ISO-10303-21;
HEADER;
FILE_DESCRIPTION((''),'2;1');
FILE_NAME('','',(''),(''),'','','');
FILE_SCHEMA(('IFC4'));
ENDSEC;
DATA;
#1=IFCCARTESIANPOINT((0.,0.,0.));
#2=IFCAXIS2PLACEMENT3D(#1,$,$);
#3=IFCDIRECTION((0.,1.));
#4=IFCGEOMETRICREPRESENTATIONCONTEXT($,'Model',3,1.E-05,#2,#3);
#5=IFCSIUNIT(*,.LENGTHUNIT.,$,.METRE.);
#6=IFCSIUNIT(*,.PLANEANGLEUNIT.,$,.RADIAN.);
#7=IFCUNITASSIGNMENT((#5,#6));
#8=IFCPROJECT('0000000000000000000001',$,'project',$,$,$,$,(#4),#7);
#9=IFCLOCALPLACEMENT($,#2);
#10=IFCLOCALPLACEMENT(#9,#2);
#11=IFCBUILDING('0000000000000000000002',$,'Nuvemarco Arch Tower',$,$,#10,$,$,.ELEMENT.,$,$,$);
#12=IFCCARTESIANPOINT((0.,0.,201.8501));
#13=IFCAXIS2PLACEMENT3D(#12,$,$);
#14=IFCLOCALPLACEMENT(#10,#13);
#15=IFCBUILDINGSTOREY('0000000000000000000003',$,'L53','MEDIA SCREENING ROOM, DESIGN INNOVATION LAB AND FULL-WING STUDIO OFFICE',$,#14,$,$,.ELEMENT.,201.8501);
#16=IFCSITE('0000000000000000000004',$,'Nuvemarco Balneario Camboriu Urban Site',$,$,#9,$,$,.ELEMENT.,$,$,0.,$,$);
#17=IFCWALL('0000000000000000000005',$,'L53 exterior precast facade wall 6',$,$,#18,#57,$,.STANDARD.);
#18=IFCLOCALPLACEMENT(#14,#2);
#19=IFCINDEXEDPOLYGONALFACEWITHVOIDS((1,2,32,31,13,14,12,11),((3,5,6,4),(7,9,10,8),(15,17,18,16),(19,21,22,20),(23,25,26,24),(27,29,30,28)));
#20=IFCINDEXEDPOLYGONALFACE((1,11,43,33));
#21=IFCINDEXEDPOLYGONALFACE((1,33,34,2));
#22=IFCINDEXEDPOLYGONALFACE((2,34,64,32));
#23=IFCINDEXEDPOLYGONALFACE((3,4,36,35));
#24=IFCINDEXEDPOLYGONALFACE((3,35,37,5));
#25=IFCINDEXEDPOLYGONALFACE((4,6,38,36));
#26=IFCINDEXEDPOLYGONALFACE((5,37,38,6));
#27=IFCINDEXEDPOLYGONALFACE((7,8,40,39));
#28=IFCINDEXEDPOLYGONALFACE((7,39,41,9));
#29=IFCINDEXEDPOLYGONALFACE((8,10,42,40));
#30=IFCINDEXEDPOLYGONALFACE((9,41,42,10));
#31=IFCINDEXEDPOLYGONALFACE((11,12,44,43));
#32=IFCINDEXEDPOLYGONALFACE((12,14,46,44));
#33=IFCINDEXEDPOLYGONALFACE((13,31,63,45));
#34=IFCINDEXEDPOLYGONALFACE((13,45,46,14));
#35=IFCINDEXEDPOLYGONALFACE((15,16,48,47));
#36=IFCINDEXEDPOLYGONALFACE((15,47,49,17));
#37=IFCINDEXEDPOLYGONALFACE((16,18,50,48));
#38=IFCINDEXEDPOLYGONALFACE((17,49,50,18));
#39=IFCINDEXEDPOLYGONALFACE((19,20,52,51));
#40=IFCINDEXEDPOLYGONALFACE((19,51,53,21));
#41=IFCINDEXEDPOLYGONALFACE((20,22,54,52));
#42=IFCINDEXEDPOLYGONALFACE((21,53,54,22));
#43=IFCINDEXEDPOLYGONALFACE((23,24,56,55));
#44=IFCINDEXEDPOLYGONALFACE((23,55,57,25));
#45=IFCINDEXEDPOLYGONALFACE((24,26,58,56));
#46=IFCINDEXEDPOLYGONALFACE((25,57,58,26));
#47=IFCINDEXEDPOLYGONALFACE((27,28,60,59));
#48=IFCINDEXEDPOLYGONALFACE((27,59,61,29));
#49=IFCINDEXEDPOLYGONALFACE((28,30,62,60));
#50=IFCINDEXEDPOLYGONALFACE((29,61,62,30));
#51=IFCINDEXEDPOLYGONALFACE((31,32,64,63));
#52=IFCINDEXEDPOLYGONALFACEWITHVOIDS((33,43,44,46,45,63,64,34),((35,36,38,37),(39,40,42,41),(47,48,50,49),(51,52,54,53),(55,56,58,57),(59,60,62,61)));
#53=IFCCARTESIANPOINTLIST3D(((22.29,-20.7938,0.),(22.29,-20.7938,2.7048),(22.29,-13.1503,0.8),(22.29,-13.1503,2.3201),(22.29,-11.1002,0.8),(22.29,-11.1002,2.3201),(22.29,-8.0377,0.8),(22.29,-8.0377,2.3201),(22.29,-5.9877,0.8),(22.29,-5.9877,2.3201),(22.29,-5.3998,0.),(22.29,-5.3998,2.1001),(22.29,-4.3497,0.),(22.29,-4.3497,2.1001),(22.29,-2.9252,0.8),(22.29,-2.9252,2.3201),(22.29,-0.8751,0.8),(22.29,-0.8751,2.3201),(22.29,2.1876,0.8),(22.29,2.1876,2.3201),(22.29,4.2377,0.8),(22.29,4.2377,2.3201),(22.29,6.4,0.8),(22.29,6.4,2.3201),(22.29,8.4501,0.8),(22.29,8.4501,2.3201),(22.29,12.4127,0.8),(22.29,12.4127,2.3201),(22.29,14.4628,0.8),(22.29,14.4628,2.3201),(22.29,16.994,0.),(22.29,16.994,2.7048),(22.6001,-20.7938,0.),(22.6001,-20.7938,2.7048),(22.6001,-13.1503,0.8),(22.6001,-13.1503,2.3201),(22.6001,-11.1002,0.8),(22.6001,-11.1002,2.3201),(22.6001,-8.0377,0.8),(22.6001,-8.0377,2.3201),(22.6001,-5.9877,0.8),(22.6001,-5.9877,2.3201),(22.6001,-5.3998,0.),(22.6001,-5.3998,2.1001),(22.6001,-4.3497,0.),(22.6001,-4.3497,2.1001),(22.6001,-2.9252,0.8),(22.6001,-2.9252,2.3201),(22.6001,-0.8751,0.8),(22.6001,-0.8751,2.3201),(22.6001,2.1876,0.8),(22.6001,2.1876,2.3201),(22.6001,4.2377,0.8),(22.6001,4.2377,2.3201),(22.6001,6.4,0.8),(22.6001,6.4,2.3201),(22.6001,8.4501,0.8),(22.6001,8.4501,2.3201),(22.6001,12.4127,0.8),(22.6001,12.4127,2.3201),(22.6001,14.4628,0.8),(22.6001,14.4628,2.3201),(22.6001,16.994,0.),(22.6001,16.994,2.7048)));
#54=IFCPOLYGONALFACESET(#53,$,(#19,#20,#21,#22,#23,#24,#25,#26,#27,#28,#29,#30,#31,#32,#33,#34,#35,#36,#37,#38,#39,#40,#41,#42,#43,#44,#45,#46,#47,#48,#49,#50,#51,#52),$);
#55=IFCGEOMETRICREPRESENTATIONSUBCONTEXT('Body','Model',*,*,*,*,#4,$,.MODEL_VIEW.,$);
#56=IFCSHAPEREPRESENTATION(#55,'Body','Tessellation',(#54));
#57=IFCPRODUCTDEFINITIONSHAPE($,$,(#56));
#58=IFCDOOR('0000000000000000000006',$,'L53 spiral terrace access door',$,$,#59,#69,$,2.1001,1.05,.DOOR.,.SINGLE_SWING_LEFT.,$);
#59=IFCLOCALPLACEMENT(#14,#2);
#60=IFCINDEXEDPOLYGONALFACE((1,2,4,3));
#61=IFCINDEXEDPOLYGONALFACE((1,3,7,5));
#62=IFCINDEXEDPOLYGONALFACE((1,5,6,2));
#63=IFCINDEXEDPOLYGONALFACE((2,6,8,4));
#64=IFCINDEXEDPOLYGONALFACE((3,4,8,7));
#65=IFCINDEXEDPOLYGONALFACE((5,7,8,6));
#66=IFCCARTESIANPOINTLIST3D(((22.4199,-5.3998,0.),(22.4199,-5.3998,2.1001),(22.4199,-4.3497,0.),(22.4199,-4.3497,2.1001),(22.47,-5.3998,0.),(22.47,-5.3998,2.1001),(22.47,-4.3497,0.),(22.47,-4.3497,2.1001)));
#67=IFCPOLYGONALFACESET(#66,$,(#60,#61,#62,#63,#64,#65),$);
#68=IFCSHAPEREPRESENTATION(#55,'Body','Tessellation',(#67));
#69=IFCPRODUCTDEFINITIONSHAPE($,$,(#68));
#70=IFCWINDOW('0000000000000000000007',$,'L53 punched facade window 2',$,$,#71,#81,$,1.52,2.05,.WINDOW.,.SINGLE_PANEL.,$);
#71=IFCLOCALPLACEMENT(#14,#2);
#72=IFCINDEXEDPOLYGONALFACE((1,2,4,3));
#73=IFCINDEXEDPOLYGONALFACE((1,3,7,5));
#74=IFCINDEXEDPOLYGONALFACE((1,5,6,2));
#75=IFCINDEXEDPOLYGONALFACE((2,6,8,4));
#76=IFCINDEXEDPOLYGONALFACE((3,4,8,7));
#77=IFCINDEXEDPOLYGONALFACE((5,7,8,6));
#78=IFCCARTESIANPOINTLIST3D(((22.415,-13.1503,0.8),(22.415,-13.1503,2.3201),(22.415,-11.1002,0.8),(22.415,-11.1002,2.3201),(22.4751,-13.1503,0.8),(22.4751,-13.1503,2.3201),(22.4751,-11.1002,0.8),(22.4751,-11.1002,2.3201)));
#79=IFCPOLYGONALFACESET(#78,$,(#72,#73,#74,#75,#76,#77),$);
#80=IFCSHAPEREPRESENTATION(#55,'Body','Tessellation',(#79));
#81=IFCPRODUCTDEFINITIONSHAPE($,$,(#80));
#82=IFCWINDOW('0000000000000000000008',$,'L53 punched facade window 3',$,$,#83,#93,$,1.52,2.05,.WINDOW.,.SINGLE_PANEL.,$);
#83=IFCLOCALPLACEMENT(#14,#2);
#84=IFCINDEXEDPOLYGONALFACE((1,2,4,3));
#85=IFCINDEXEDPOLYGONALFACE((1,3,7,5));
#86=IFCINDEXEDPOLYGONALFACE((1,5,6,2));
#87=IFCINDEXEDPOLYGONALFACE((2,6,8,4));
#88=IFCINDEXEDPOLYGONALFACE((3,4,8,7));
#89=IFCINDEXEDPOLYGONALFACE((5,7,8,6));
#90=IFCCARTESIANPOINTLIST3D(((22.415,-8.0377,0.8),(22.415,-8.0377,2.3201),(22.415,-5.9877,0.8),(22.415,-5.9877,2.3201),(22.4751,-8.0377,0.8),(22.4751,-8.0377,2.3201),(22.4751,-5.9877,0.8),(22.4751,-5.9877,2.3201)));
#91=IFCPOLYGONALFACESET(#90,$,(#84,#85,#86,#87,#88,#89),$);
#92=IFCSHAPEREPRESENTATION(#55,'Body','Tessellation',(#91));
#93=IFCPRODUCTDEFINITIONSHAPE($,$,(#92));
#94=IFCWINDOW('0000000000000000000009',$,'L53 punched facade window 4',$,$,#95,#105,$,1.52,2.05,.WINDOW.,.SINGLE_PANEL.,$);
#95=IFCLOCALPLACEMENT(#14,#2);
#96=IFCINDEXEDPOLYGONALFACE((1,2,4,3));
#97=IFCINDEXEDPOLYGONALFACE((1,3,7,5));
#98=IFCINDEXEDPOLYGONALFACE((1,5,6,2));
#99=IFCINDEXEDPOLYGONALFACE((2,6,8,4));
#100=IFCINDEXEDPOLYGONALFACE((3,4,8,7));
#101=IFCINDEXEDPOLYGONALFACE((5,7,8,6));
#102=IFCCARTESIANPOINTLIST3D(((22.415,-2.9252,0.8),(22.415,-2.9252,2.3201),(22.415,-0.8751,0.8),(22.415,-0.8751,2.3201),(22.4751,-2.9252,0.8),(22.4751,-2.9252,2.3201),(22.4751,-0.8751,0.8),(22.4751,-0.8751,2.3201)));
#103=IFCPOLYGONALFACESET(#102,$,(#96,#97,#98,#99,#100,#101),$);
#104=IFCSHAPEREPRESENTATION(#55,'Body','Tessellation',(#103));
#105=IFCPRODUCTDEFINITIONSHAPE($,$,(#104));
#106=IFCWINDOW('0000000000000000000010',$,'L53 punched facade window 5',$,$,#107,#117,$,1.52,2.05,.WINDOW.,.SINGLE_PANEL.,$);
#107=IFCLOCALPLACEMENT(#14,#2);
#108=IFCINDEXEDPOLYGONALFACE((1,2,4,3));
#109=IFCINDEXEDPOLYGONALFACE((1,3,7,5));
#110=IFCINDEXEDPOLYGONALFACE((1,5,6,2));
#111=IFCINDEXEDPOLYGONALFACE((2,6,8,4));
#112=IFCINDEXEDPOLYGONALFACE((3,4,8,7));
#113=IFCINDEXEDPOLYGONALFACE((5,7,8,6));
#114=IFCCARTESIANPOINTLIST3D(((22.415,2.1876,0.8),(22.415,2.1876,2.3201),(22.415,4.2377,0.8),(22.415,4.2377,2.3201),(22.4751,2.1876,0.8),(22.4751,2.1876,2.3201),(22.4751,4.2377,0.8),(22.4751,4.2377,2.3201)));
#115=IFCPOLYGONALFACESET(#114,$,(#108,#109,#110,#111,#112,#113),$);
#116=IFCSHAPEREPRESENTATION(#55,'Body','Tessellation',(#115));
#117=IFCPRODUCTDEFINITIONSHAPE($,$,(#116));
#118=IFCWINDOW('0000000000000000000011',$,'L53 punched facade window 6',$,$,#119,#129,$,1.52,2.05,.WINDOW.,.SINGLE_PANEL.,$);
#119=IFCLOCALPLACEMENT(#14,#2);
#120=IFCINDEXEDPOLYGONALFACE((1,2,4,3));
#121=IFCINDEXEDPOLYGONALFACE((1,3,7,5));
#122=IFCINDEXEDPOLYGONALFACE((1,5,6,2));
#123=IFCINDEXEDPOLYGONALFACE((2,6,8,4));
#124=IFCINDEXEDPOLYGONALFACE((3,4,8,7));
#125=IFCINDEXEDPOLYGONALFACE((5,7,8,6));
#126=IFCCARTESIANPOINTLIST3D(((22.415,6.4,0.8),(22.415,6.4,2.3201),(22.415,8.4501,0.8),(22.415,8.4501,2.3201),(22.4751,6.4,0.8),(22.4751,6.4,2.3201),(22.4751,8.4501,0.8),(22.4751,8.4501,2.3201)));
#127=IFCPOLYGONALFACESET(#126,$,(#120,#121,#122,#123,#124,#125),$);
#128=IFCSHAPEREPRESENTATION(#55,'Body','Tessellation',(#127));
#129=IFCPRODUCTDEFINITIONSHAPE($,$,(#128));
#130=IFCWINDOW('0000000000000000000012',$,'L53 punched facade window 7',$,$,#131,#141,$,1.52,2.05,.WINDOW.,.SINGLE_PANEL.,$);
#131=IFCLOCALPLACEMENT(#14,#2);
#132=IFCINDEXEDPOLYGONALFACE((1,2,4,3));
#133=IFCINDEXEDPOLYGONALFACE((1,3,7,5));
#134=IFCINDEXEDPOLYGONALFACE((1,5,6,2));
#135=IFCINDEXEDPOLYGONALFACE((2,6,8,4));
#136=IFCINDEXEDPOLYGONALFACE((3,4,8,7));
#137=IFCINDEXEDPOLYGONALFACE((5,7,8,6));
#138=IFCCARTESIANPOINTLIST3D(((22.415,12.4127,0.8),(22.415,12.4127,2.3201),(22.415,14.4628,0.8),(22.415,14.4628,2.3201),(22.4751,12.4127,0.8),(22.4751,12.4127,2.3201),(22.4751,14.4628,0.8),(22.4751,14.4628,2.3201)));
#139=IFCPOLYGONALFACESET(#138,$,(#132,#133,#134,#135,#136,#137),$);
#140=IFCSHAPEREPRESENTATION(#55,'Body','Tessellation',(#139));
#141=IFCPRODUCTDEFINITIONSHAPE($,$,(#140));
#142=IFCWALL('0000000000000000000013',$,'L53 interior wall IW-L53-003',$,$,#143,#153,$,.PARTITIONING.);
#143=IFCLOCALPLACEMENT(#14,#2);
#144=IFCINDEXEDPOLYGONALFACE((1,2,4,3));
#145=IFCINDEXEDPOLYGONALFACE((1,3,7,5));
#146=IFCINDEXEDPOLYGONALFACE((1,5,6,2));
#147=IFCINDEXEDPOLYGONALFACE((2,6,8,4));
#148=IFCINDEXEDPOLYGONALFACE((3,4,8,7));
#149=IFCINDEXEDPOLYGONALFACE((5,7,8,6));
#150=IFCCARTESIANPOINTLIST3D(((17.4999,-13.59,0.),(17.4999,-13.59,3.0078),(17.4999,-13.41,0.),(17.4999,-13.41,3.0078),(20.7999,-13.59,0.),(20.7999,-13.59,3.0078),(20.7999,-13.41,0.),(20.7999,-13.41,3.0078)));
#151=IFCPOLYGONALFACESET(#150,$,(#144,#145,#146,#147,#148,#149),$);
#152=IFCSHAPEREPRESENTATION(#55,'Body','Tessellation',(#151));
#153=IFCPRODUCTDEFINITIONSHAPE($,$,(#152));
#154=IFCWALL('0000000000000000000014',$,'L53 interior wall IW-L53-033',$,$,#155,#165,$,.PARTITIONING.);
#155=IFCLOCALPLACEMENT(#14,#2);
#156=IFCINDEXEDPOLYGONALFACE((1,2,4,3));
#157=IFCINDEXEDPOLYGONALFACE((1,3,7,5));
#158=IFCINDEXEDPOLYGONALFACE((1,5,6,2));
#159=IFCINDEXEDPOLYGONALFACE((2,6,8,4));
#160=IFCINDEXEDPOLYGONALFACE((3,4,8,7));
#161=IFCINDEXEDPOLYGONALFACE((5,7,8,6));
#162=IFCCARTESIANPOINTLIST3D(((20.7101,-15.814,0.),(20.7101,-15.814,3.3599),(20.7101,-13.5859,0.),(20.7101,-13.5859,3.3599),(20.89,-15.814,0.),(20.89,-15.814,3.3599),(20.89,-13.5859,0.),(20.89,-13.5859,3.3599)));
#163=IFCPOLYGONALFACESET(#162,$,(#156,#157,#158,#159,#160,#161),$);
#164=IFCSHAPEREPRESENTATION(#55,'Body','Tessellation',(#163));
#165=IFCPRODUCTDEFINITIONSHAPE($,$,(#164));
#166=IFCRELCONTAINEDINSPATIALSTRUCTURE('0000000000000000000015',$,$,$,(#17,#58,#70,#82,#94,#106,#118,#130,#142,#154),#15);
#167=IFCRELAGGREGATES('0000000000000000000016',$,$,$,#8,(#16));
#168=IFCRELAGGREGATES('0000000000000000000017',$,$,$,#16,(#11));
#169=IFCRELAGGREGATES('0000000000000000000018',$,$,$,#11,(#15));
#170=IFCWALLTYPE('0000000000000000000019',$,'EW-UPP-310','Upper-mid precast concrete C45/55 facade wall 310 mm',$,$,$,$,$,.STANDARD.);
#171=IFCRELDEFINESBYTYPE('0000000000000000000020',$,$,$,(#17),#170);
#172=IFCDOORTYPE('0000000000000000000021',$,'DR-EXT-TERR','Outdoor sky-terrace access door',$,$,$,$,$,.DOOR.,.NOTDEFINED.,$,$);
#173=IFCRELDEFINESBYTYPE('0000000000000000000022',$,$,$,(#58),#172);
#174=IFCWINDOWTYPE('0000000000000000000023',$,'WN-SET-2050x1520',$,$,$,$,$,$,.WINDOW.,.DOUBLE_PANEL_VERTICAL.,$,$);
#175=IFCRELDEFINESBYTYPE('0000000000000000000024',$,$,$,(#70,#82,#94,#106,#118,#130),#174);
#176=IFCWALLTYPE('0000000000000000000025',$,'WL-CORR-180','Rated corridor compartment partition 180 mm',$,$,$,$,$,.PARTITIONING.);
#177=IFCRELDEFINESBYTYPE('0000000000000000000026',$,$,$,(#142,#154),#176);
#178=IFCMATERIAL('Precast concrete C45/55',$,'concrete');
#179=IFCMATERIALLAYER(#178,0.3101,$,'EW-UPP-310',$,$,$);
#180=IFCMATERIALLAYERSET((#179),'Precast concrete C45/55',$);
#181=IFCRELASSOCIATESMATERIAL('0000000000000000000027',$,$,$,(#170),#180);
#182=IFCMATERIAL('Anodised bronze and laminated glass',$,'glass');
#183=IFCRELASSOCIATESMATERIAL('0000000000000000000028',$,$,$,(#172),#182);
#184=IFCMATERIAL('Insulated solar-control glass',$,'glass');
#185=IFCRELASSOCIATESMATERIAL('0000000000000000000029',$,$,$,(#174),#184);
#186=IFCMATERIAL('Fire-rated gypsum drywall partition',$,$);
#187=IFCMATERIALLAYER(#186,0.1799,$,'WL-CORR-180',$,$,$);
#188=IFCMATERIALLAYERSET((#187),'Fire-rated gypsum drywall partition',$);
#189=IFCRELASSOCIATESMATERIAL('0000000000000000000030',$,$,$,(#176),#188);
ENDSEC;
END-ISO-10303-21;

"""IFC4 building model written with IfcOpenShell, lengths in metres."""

from ifc_helpers import new_model, si_unit, direction, frame, frame_2d, origin, place, context, subcontext, project, spatial, rectangle, extrude, source, transform, mapped, material, layer, layer_set, type_object, type_shapes, element, fill, save


model = new_model("IFC4")

# Units and contexts
model_context = context("Model", 3, precision=1e-05, world=origin(), true_north=direction((0.0, 1.0)))
body_context = subcontext(model_context, "Body", "Model", "MODEL_VIEW")
ifc_project = project(units=[si_unit("LENGTHUNIT", "METRE"), si_unit("PLANEANGLEUNIT", "RADIAN")], contexts=[model_context])

# Site, building, storey
site_placement = place(None, origin())
site = spatial("IfcSite", under=ifc_project, at=site_placement, Name="Nuvemarco Balneario Camboriu Urban Site", CompositionType="ELEMENT", RefElevation=0.0)
building_placement = place(site_placement, origin())
building = spatial("IfcBuilding", under=site, at=building_placement, Name="Nuvemarco Arch Tower", CompositionType="ELEMENT")
storey_placement = place(building_placement, frame((0.0, 0.0, 201.8501)))
storey = spatial("IfcBuildingStorey", under=building, at=storey_placement, Name="L53", Description="MEDIA SCREENING ROOM, DESIGN INNOVATION LAB AND FULL-WING STUDIO OFFICE", CompositionType="ELEMENT", Elevation=201.8501)

# Shared definitions
ifc_material_1 = material(Name="Precast concrete C45/55", Category="concrete")

# Shared definitions
ifc_layer_1 = layer(ifc_material_1, 0.3101, Name="EW-UPP-310")
ifc_layer_set_1 = layer_set([ifc_layer_1], Name="Precast concrete C45/55")
wall_type_1 = type_object("IfcWallType", Name="EW-UPP-310", Description="Upper-mid precast concrete C45/55 facade wall 310 mm", PredefinedType="STANDARD", material=ifc_layer_set_1)

# Wall, openings, door, windows
wall_1_placement = place(storey_placement, frame((22.4451, -20.7939, 0.0), z_axis=(0.0, 0.0, 1.0), x_axis=(0.0, 1.0, 0.0)))
wall_1 = element("IfcWall", 1, at=wall_1_placement, inside=storey, type_object=wall_type_1, Name="L53 exterior precast facade wall 6", PredefinedType="STANDARD", context=body_context, shape_type="SweptSolid", body=[
    extrude(rectangle(XDim=37.7878, YDim=0.3101, at=frame_2d((18.894, 0.0))), origin(), (0.0, 0.0, 1.0), 2.7048),
])
opening_1_placement = place(wall_1_placement, frame((16.4441, 0.0, 0.0), z_axis=(0.0, 0.0, 1.0), x_axis=(-1.0, 0.0, 0.0)))
opening_1 = element("IfcOpeningElement", 2, at=opening_1_placement, cuts=wall_1, PredefinedType="OPENING", context=body_context, shape_type="SweptSolid", body=[
    extrude(rectangle(XDim=1.05, YDim=2.1001, at=frame_2d((0.5249, 1.05))), frame((0.0, 0.165, 0.0), z_axis=(0.0, -1.0, 0.0), x_axis=(1.0, 0.0, 0.0)), (0.0, 0.0, 1.0), 0.3301),
])
opening_2_placement = place(wall_1_placement, frame((7.6438, 0.0, 0.8)))
opening_2 = element("IfcOpeningElement", 3, at=opening_2_placement, cuts=wall_1, PredefinedType="OPENING", context=body_context, shape_type="SweptSolid", body=[
    extrude(rectangle(XDim=2.05, YDim=1.52, at=frame_2d((1.0249, 0.76))), frame((0.0, 0.165, 0.0), z_axis=(0.0, -1.0, 0.0), x_axis=(1.0, 0.0, 0.0)), (0.0, 0.0, 1.0), 0.3301),
])
opening_3_placement = place(wall_1_placement, frame((12.7563, 0.0, 0.8)))
opening_3 = element("IfcOpeningElement", 4, at=opening_3_placement, cuts=wall_1, PredefinedType="OPENING", context=body_context, shape_type="SweptSolid", body=[
    extrude(rectangle(XDim=2.05, YDim=1.52, at=frame_2d((1.0249, 0.76))), frame((0.0, 0.165, 0.0), z_axis=(0.0, -1.0, 0.0), x_axis=(1.0, 0.0, 0.0)), (0.0, 0.0, 1.0), 0.3301),
])
opening_4_placement = place(wall_1_placement, frame((17.8689, 0.0, 0.8)))
opening_4 = element("IfcOpeningElement", 5, at=opening_4_placement, cuts=wall_1, PredefinedType="OPENING", context=body_context, shape_type="SweptSolid", body=[
    extrude(rectangle(XDim=2.05, YDim=1.52, at=frame_2d((1.0249, 0.76))), frame((0.0, 0.165, 0.0), z_axis=(0.0, -1.0, 0.0), x_axis=(1.0, 0.0, 0.0)), (0.0, 0.0, 1.0), 0.3301),
])
opening_5_placement = place(wall_1_placement, frame((22.9817, 0.0, 0.8)))
opening_5 = element("IfcOpeningElement", 6, at=opening_5_placement, cuts=wall_1, PredefinedType="OPENING", context=body_context, shape_type="SweptSolid", body=[
    extrude(rectangle(XDim=2.05, YDim=1.52, at=frame_2d((1.0249, 0.76))), frame((0.0, 0.165, 0.0), z_axis=(0.0, -1.0, 0.0), x_axis=(1.0, 0.0, 0.0)), (0.0, 0.0, 1.0), 0.3301),
])
opening_6_placement = place(wall_1_placement, frame((27.1941, 0.0, 0.8)))
opening_6 = element("IfcOpeningElement", 7, at=opening_6_placement, cuts=wall_1, PredefinedType="OPENING", context=body_context, shape_type="SweptSolid", body=[
    extrude(rectangle(XDim=2.05, YDim=1.52, at=frame_2d((1.0249, 0.76))), frame((0.0, 0.165, 0.0), z_axis=(0.0, -1.0, 0.0), x_axis=(1.0, 0.0, 0.0)), (0.0, 0.0, 1.0), 0.3301),
])
opening_7_placement = place(wall_1_placement, frame((33.2068, 0.0, 0.8)))
opening_7 = element("IfcOpeningElement", 8, at=opening_7_placement, cuts=wall_1, PredefinedType="OPENING", context=body_context, shape_type="SweptSolid", body=[
    extrude(rectangle(XDim=2.05, YDim=1.52, at=frame_2d((1.0249, 0.76))), frame((0.0, 0.165, 0.0), z_axis=(0.0, -1.0, 0.0), x_axis=(1.0, 0.0, 0.0)), (0.0, 0.0, 1.0), 0.3301),
])
ifc_material_2 = material(Name="Anodised bronze and laminated glass", Category="glass")
door_type = type_object("IfcDoorType", Name="DR-EXT-TERR", Description="Outdoor sky-terrace access door", OperationType="NOTDEFINED", PredefinedType="DOOR", material=ifc_material_2)
shared_shape_1 = source(origin(), body_context, "Body", "SweptSolid", [
    extrude(rectangle(XDim=1.05, YDim=2.1001, at=frame_2d((0.5249, 1.05))), frame((0.0, 0.0249, 0.0), z_axis=(0.0, -1.0, 0.0), x_axis=(1.0, 0.0, 0.0)), (0.0, 0.0, 1.0), 0.05),
])
type_shapes(door_type, [shared_shape_1])
door_placement = place(opening_1_placement, origin())
door = element("IfcDoor", 9, at=door_placement, inside=storey, type_object=door_type, Name="L53 spiral terrace access door", OperationType="SINGLE_SWING_LEFT", OverallHeight=2.1001, OverallWidth=1.05, PredefinedType="DOOR", context=body_context, shape_type="MappedRepresentation", body=[
    mapped(shared_shape_1, transform((0.0, 0.0, 0.0), scale=1.0)),
])
fill(opening_1, door)
ifc_material_3 = material(Name="Insulated solar-control glass", Category="glass")
window_type = type_object("IfcWindowType", Name="WN-SET-2050x1520", PartitioningType="DOUBLE_PANEL_VERTICAL", PredefinedType="WINDOW", material=ifc_material_3)
shared_shape_2 = source(origin(), body_context, "Body", "SweptSolid", [
    extrude(rectangle(XDim=2.05, YDim=1.52, at=frame_2d((1.0249, 0.76))), frame((0.0, 0.03, 0.0), z_axis=(0.0, -1.0, 0.0), x_axis=(1.0, 0.0, 0.0)), (0.0, 0.0, 1.0), 0.0601),
])
type_shapes(window_type, [shared_shape_2])
window_1_placement = place(opening_2_placement, origin())
window_1 = element("IfcWindow", 10, at=window_1_placement, inside=storey, type_object=window_type, Name="L53 punched facade window 2", OverallHeight=1.52, OverallWidth=2.05, PartitioningType="SINGLE_PANEL", PredefinedType="WINDOW", context=body_context, shape_type="MappedRepresentation", body=[
    mapped(shared_shape_2, transform((0.0, 0.0, 0.0), scale=1.0)),
])
fill(opening_2, window_1)
window_2_placement = place(opening_3_placement, origin())
window_2 = element("IfcWindow", 11, at=window_2_placement, inside=storey, type_object=window_type, Name="L53 punched facade window 3", OverallHeight=1.52, OverallWidth=2.05, PartitioningType="SINGLE_PANEL", PredefinedType="WINDOW", context=body_context, shape_type="MappedRepresentation", body=[
    mapped(shared_shape_2, transform((0.0, 0.0, 0.0), scale=1.0)),
])
fill(opening_3, window_2)
window_3_placement = place(opening_4_placement, origin())
window_3 = element("IfcWindow", 12, at=window_3_placement, inside=storey, type_object=window_type, Name="L53 punched facade window 4", OverallHeight=1.52, OverallWidth=2.05, PartitioningType="SINGLE_PANEL", PredefinedType="WINDOW", context=body_context, shape_type="MappedRepresentation", body=[
    mapped(shared_shape_2, transform((0.0, 0.0, 0.0), scale=1.0)),
])
fill(opening_4, window_3)
window_4_placement = place(opening_5_placement, origin())
window_4 = element("IfcWindow", 13, at=window_4_placement, inside=storey, type_object=window_type, Name="L53 punched facade window 5", OverallHeight=1.52, OverallWidth=2.05, PartitioningType="SINGLE_PANEL", PredefinedType="WINDOW", context=body_context, shape_type="MappedRepresentation", body=[
    mapped(shared_shape_2, transform((0.0, 0.0, 0.0), scale=1.0)),
])
fill(opening_5, window_4)
window_5_placement = place(opening_6_placement, origin())
window_5 = element("IfcWindow", 14, at=window_5_placement, inside=storey, type_object=window_type, Name="L53 punched facade window 6", OverallHeight=1.52, OverallWidth=2.05, PartitioningType="SINGLE_PANEL", PredefinedType="WINDOW", context=body_context, shape_type="MappedRepresentation", body=[
    mapped(shared_shape_2, transform((0.0, 0.0, 0.0), scale=1.0)),
])
fill(opening_6, window_5)
window_6_placement = place(opening_7_placement, origin())
window_6 = element("IfcWindow", 15, at=window_6_placement, inside=storey, type_object=window_type, Name="L53 punched facade window 7", OverallHeight=1.52, OverallWidth=2.05, PartitioningType="SINGLE_PANEL", PredefinedType="WINDOW", context=body_context, shape_type="MappedRepresentation", body=[
    mapped(shared_shape_2, transform((0.0, 0.0, 0.0), scale=1.0)),
])
fill(opening_7, window_6)

# Walls
ifc_material_4 = material(Name="Fire-rated gypsum drywall partition")
ifc_layer_2 = layer(ifc_material_4, 0.1799, Name="WL-CORR-180")
ifc_layer_set_2 = layer_set([ifc_layer_2], Name="Fire-rated gypsum drywall partition")
wall_type_2 = type_object("IfcWallType", Name="WL-CORR-180", Description="Rated corridor compartment partition 180 mm", PredefinedType="PARTITIONING", material=ifc_layer_set_2)
wall_2_placement = place(storey_placement, frame((17.5, -13.5, 0.0), z_axis=(0.0, 0.0, 1.0), x_axis=(1.0, 0.0, 0.0)))
element("IfcWall", 16, at=wall_2_placement, inside=storey, type_object=wall_type_2, Name="L53 interior wall IW-L53-003", PredefinedType="PARTITIONING", context=body_context, shape_type="SweptSolid", body=[
    extrude(rectangle(XDim=3.3, YDim=0.1799, at=frame_2d((1.6499, 0.0))), origin(), (0.0, 0.0, 1.0), 3.0078),
])
wall_3_placement = place(storey_placement, frame((20.8, -15.814, 0.0), z_axis=(0.0, 0.0, 1.0), x_axis=(0.0, 1.0, 0.0)))
element("IfcWall", 17, at=wall_3_placement, inside=storey, type_object=wall_type_2, Name="L53 interior wall IW-L53-033", PredefinedType="PARTITIONING", context=body_context, shape_type="SweptSolid", body=[
    extrude(rectangle(XDim=2.228, YDim=0.1799, at=frame_2d((1.114, 0.0))), origin(), (0.0, 0.0, 1.0), 3.3599),
])

save(model, "model.ifc")
